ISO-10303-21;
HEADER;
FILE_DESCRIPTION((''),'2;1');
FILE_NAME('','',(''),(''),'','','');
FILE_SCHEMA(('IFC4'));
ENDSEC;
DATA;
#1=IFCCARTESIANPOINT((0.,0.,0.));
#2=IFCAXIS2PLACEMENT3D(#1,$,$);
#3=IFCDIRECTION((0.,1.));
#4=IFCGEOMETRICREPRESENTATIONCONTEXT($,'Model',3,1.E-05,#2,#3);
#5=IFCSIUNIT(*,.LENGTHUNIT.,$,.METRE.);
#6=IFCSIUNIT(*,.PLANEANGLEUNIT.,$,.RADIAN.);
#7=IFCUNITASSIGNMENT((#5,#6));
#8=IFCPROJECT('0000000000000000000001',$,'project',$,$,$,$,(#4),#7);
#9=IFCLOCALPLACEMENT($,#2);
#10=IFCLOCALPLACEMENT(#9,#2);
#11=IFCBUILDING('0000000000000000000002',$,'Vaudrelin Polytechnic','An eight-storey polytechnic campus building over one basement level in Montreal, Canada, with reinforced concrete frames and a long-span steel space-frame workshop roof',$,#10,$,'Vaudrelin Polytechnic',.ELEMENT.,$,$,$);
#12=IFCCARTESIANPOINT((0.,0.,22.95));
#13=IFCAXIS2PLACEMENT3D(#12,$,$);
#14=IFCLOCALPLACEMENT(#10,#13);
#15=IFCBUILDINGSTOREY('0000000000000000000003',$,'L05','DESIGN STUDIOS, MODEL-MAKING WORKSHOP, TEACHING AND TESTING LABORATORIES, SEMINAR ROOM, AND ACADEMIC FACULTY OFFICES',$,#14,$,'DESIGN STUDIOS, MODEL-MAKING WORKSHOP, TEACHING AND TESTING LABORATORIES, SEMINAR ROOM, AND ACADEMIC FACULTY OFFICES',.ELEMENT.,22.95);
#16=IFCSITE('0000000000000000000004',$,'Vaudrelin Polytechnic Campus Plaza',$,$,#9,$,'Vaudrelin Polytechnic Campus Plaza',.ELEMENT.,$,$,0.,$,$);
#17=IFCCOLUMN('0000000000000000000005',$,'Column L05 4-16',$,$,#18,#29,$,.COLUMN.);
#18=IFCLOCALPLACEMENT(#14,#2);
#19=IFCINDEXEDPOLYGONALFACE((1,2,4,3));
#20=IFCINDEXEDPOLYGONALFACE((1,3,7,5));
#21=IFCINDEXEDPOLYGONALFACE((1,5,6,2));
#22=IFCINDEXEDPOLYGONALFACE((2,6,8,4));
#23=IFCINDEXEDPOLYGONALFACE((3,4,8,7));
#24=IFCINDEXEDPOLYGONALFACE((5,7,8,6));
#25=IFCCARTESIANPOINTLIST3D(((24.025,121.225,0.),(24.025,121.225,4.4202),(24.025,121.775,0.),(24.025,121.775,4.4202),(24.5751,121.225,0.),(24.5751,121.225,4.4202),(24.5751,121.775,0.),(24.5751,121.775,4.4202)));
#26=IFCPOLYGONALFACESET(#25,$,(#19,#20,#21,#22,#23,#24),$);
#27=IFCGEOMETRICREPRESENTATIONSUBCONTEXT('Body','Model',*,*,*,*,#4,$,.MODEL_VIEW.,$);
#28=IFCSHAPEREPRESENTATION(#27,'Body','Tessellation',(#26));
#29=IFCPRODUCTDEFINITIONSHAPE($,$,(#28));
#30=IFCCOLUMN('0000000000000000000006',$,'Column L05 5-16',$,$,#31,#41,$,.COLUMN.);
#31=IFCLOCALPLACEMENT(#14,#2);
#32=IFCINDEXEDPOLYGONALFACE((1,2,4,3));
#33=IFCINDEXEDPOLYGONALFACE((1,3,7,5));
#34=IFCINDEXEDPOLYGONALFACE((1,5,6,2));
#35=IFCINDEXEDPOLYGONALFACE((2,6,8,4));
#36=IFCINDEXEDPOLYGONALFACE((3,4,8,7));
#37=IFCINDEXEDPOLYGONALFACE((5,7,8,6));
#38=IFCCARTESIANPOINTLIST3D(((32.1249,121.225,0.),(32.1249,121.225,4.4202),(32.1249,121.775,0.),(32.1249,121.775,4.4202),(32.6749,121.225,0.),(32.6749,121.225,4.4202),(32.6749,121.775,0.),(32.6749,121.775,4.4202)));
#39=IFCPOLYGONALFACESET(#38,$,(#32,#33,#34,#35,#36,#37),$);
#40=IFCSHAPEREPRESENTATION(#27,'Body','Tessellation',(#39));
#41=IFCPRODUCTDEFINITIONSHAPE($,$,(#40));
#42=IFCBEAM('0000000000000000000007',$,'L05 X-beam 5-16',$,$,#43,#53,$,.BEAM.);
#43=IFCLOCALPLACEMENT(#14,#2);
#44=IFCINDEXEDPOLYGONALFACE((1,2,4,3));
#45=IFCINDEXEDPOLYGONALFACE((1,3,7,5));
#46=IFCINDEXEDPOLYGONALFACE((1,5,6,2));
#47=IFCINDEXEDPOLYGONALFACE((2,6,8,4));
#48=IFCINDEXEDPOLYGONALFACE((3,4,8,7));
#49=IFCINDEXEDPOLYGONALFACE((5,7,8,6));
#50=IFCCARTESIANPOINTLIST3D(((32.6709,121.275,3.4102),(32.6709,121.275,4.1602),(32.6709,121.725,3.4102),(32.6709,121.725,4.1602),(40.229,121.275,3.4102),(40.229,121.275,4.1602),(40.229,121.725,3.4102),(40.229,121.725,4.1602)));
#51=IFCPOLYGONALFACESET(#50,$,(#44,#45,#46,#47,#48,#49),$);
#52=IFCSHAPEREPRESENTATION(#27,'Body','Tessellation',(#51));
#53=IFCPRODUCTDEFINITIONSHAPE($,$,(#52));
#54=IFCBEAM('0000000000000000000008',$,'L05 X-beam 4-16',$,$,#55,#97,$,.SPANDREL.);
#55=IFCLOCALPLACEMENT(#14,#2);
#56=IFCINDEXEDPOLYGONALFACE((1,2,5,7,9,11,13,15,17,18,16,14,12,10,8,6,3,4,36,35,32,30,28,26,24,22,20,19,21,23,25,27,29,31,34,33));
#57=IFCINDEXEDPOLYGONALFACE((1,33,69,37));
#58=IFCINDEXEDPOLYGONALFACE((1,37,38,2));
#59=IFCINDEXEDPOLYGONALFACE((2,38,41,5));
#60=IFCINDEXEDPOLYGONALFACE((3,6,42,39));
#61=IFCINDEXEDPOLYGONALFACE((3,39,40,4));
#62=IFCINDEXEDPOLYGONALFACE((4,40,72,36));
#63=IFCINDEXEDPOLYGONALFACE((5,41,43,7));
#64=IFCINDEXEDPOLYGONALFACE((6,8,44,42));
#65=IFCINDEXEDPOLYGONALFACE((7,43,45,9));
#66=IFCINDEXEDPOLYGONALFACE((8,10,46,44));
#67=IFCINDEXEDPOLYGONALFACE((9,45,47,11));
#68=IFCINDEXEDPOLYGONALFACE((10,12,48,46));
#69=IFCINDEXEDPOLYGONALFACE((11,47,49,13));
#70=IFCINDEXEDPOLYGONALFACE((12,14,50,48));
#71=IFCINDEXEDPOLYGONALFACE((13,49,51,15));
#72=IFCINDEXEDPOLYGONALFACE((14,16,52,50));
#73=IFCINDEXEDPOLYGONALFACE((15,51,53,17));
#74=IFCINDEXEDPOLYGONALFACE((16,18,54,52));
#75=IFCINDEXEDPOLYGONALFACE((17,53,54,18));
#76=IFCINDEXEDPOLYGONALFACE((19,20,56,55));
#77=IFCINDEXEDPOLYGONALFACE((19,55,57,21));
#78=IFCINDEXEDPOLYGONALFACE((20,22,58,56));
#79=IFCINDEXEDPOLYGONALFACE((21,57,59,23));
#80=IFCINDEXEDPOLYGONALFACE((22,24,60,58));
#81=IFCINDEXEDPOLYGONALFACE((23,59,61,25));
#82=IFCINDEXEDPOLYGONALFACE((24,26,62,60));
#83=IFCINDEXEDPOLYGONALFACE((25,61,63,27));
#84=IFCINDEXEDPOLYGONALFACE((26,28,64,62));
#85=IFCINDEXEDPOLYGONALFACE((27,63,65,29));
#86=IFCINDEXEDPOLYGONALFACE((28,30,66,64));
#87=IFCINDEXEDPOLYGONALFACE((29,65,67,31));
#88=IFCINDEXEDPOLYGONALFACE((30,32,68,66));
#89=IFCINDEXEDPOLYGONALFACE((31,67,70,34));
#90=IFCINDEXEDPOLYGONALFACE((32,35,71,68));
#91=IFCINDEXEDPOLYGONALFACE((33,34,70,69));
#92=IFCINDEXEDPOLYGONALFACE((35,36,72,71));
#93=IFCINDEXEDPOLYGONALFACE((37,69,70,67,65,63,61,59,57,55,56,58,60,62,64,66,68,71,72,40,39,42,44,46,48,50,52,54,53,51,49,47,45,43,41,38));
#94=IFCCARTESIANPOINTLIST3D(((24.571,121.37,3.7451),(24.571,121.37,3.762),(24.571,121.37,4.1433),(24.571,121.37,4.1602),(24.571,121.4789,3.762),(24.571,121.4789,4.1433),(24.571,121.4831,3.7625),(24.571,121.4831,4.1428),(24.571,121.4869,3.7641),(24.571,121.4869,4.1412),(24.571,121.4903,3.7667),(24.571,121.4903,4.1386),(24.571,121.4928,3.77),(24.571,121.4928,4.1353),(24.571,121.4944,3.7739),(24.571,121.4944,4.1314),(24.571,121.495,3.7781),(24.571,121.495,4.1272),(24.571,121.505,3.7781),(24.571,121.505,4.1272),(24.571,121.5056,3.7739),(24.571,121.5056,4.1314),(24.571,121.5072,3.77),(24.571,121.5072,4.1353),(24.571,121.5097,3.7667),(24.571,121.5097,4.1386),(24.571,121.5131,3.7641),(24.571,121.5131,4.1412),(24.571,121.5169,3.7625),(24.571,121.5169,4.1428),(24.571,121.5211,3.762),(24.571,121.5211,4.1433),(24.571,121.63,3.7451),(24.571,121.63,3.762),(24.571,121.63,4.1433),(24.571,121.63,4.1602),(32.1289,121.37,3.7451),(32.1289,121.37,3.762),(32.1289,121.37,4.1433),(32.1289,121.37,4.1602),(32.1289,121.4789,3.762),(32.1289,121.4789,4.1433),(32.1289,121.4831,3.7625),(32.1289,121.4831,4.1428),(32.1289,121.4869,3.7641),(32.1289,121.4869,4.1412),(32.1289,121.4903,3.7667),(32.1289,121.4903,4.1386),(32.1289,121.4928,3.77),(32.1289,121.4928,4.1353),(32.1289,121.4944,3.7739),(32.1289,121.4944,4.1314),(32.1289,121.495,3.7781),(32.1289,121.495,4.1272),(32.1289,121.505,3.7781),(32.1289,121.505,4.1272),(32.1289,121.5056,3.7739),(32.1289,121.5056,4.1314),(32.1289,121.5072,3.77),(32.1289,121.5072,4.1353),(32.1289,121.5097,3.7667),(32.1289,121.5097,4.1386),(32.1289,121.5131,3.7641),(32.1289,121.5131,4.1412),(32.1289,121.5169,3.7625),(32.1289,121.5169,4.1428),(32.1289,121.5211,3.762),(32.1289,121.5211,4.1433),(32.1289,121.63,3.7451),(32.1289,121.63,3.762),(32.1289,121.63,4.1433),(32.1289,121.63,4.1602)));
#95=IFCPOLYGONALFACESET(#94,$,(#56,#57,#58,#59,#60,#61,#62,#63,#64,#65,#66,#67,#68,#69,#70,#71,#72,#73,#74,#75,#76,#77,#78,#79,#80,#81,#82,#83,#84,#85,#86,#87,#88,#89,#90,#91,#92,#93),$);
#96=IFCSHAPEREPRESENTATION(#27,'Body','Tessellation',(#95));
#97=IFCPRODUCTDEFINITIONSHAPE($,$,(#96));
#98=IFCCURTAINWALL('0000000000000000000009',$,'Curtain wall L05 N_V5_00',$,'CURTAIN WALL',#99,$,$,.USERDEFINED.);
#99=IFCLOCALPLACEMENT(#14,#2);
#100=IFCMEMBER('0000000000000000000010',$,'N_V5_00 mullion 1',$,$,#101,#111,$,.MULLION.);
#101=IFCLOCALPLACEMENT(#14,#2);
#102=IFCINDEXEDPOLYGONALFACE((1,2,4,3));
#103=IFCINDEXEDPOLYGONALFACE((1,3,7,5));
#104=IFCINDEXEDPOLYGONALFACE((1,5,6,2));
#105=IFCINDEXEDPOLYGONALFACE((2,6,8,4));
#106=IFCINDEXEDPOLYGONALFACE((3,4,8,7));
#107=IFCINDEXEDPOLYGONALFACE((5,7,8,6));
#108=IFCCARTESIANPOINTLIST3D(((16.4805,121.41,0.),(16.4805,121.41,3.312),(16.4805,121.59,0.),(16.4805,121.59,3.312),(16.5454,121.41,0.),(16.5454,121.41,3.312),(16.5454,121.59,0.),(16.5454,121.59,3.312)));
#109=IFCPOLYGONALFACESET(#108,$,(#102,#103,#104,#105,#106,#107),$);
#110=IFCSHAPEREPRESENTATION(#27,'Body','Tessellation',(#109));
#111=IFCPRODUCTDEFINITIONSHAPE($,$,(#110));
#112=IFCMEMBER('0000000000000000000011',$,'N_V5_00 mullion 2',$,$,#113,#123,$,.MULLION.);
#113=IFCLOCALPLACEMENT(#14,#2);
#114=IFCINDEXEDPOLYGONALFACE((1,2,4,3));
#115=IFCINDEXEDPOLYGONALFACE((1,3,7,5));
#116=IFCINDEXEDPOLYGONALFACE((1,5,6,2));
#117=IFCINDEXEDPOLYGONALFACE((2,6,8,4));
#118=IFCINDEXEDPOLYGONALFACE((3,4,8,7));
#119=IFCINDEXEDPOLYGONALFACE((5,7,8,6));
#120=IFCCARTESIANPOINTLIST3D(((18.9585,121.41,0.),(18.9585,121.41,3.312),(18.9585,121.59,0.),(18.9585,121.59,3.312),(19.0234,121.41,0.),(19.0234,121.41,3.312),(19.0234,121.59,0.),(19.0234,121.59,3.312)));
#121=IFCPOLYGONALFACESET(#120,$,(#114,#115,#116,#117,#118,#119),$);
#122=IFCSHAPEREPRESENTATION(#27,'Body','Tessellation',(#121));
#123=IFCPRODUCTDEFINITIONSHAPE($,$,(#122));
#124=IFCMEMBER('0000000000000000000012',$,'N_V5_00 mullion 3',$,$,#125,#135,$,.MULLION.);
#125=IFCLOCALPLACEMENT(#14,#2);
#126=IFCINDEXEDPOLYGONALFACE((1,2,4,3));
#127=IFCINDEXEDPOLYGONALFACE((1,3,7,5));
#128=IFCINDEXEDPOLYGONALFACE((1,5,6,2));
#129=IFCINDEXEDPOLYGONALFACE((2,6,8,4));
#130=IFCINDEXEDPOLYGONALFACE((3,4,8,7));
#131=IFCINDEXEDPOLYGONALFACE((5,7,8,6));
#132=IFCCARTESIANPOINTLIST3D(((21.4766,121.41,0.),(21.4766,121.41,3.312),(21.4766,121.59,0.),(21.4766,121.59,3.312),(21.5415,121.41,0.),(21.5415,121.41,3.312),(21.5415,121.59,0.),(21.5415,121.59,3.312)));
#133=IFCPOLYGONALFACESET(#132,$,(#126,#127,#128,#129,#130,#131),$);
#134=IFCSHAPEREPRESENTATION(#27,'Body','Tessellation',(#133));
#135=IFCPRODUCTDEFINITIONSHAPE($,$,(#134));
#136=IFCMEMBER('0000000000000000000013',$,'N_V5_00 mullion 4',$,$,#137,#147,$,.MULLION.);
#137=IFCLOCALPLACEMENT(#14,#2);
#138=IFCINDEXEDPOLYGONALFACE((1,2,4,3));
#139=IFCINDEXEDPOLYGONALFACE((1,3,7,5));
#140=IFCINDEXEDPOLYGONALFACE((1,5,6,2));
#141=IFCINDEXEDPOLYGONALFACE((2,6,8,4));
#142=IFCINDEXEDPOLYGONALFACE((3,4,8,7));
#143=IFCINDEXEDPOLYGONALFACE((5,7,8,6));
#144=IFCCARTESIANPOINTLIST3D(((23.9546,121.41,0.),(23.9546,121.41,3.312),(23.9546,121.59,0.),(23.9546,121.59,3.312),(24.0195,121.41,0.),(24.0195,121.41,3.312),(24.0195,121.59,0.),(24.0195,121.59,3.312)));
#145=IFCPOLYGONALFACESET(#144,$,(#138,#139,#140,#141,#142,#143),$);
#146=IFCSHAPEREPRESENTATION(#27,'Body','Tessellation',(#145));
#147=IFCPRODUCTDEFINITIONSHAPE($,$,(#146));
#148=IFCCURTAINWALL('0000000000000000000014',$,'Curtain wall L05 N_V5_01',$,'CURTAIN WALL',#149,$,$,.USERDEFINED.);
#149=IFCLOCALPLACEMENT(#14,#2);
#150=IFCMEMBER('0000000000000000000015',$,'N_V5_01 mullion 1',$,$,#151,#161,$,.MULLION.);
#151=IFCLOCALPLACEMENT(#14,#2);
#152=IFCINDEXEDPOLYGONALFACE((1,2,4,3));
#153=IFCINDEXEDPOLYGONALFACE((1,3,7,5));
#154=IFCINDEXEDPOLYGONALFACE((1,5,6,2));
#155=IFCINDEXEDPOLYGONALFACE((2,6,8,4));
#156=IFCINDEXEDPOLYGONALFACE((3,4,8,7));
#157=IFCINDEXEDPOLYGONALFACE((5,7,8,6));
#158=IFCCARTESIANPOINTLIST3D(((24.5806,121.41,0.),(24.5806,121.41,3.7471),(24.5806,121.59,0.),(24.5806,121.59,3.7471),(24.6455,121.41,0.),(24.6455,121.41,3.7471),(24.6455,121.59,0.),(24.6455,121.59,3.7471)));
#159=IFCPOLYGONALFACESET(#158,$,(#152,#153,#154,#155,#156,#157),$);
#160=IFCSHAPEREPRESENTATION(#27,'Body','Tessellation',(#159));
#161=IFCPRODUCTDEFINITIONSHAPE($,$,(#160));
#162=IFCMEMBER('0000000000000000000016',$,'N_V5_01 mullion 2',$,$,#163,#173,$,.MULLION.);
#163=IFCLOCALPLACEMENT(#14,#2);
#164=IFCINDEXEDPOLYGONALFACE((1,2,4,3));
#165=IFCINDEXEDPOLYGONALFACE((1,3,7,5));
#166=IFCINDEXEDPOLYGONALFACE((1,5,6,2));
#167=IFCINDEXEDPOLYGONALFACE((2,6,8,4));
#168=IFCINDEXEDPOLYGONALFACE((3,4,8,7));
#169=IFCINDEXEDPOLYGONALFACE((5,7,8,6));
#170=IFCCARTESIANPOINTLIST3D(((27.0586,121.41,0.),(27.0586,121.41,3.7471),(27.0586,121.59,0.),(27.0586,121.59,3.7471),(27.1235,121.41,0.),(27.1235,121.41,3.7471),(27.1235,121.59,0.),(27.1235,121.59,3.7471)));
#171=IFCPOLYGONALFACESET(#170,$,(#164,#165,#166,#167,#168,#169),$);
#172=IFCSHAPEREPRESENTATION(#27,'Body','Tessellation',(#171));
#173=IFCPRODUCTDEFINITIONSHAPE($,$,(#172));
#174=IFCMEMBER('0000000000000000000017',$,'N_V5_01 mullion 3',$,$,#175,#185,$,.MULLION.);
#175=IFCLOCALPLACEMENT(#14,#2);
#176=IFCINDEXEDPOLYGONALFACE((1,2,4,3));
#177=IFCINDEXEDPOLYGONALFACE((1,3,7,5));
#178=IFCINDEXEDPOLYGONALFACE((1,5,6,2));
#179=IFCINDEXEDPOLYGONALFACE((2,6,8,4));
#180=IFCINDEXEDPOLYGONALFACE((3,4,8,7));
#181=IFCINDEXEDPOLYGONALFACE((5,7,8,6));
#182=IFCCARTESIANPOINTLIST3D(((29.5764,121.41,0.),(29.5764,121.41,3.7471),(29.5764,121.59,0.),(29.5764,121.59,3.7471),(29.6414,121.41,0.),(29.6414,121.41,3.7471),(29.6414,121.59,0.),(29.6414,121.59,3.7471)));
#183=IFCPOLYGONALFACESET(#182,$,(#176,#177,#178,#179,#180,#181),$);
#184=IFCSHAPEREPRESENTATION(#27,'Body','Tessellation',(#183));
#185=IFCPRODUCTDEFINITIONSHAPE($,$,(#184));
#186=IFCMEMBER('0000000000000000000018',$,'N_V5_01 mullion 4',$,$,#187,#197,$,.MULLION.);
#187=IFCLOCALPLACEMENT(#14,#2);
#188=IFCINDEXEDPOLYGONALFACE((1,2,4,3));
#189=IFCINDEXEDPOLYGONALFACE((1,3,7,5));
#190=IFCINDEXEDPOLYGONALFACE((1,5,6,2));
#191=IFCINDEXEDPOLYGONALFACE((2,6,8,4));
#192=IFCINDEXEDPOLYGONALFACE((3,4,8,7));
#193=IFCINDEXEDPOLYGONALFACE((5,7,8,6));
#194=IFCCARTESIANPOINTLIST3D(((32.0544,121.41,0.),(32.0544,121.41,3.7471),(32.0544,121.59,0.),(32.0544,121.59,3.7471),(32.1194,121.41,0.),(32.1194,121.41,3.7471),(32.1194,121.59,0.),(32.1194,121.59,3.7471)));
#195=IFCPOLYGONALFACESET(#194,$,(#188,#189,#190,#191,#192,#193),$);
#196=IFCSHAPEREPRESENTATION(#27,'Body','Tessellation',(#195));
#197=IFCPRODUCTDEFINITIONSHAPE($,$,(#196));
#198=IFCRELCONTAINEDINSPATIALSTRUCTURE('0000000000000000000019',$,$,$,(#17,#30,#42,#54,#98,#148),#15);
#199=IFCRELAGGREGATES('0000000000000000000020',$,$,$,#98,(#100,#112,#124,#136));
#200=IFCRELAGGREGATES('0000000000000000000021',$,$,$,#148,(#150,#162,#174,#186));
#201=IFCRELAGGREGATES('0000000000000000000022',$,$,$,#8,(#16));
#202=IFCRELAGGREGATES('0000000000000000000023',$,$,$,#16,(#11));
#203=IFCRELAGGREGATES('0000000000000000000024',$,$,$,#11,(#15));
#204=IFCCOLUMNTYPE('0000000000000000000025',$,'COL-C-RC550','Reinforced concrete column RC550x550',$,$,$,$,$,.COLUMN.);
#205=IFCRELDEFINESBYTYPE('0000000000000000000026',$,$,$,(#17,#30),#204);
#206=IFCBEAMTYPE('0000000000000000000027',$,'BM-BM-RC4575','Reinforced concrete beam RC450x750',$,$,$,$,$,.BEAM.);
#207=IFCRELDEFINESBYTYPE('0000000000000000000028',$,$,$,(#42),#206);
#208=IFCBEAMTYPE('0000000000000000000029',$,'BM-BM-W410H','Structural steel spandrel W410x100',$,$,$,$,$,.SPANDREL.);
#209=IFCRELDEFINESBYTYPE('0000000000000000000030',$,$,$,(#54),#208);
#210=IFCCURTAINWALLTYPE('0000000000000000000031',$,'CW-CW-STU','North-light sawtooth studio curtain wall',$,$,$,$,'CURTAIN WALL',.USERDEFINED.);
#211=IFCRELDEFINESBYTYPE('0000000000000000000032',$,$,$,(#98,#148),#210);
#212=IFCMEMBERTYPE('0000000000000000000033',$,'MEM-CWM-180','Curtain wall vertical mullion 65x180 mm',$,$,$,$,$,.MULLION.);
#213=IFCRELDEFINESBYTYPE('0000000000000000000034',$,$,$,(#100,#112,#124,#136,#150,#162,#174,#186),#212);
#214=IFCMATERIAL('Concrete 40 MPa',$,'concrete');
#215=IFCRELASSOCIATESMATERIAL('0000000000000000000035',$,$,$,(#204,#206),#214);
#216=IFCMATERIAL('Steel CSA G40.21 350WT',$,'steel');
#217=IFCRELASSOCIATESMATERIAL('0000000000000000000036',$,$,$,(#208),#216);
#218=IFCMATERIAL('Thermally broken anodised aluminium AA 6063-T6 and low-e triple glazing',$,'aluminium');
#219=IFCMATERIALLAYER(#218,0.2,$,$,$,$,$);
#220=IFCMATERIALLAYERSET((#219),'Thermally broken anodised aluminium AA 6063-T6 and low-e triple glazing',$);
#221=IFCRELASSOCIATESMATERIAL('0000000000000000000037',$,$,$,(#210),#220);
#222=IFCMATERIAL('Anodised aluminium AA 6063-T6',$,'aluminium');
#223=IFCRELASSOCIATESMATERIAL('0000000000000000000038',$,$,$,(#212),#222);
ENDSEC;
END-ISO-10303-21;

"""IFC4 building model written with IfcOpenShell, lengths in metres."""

from ifc_helpers import new_model, si_unit, direction, frame, origin, origin_2d, place, context, subcontext, project, spatial, rectangle, i_section, extrude, material, layer, layer_set, material_profile, profile_set, type_object, element, aggregate, save


model = new_model("IFC4")

# Units and contexts
model_context = context("Model", 3, precision=1e-05, world=origin(), true_north=direction((0.0, 1.0)))
body_context = subcontext(model_context, "Body", "Model", "MODEL_VIEW")
ifc_project = project(units=[si_unit("LENGTHUNIT", "METRE"), si_unit("PLANEANGLEUNIT", "RADIAN")], contexts=[model_context])

# Site, building, storey
site_placement = place(None, origin())
site = spatial("IfcSite", under=ifc_project, at=site_placement, Name="Vaudrelin Polytechnic Campus Plaza", LongName="Vaudrelin Polytechnic Campus Plaza", CompositionType="ELEMENT", RefElevation=0.0)
building_placement = place(site_placement, origin())
building = spatial("IfcBuilding", under=site, at=building_placement, Name="Vaudrelin Polytechnic", Description="An eight-storey polytechnic campus building over one basement level in Montreal, Canada, with reinforced concrete frames and a long-span steel space-frame workshop roof", LongName="Vaudrelin Polytechnic", CompositionType="ELEMENT")
storey_placement = place(building_placement, frame((0.0, 0.0, 22.95)))
storey = spatial("IfcBuildingStorey", under=building, at=storey_placement, Name="L05", Description="DESIGN STUDIOS, MODEL-MAKING WORKSHOP, TEACHING AND TESTING LABORATORIES, SEMINAR ROOM, AND ACADEMIC FACULTY OFFICES", LongName="DESIGN STUDIOS, MODEL-MAKING WORKSHOP, TEACHING AND TESTING LABORATORIES, SEMINAR ROOM, AND ACADEMIC FACULTY OFFICES", CompositionType="ELEMENT", Elevation=22.95)

# Columns
ifc_material_1 = material(Name="Concrete 40 MPa", Category="concrete")
ifc_material_profile_1 = material_profile(ifc_material_1, rectangle(XDim=0.55, YDim=0.55, at=origin_2d()), Name="RC550x550")
ifc_profile_set_1 = profile_set([ifc_material_profile_1], Name="Concrete 40 MPa")
column_type = type_object("IfcColumnType", Name="COL-C-RC550", Description="Reinforced concrete column RC550x550", PredefinedType="COLUMN", material=ifc_profile_set_1)
for number, where, z_axis, x_axis, name in (
    (1, (24.3, 121.5, 0.0), (0.0, 0.0, 1.0), (1.0, 0.0, 0.0), "Column L05 4-16"),
    (2, (32.3999, 121.5, 0.0), (0.0, 0.0, 1.0), (1.0, 0.0, 0.0), "Column L05 5-16"),
):
    element("IfcColumn", number, at=place(storey_placement, frame(where, z_axis=z_axis, x_axis=x_axis)), inside=storey, type_object=column_type, Name=name, PredefinedType="COLUMN", context=body_context, shape_type="SweptSolid", body=[
        extrude(rectangle(XDim=0.55, YDim=0.55, at=origin_2d()), origin(), (0.0, 0.0, 1.0), 4.4202),
    ])

# Beams
ifc_material_profile_2 = material_profile(ifc_material_1, rectangle(XDim=0.45, YDim=0.75, at=origin_2d()), Name="RC450x750")
ifc_profile_set_2 = profile_set([ifc_material_profile_2], Name="Concrete 40 MPa")
beam_type_1 = type_object("IfcBeamType", Name="BM-BM-RC4575", Description="Reinforced concrete beam RC450x750", PredefinedType="BEAM", material=ifc_profile_set_2)
beam_1_placement = place(storey_placement, frame((32.6709, 121.5, 3.7852), z_axis=(1.0, 0.0, 0.0), x_axis=(0.0, 1.0, 0.0)))
element("IfcBeam", 3, at=beam_1_placement, inside=storey, type_object=beam_type_1, Name="L05 X-beam 5-16", PredefinedType="BEAM", context=body_context, shape_type="SweptSolid", body=[
    extrude(rectangle(XDim=0.45, YDim=0.75, at=origin_2d()), origin(), (0.0, 0.0, 1.0), 7.5581),
])
ifc_material_2 = material(Name="Steel CSA G40.21 350WT", Category="steel")
ifc_material_profile_3 = material_profile(ifc_material_2, i_section(OverallWidth=0.26, OverallDepth=0.415, WebThickness=0.01, FlangeThickness=0.0168, FilletRadius=0.0161, at=origin_2d()), Name="W410x100")
ifc_profile_set_3 = profile_set([ifc_material_profile_3], Name="Steel CSA G40.21 350WT")
beam_type_2 = type_object("IfcBeamType", Name="BM-BM-W410H", Description="Structural steel spandrel W410x100", PredefinedType="SPANDREL", material=ifc_profile_set_3)
beam_2_placement = place(storey_placement, frame((24.571, 121.5, 3.9526), z_axis=(1.0, 0.0, 0.0), x_axis=(0.0, 1.0, 0.0)))
element("IfcBeam", 4, at=beam_2_placement, inside=storey, type_object=beam_type_2, Name="L05 X-beam 4-16", PredefinedType="SPANDREL", context=body_context, shape_type="SweptSolid", body=[
    extrude(i_section(OverallWidth=0.26, OverallDepth=0.415, WebThickness=0.01, FlangeThickness=0.0168, FilletRadius=0.0161, at=origin_2d()), origin(), (0.0, 0.0, 1.0), 7.5579),
])

# Curtain walls, members
ifc_material_3 = material(Name="Thermally broken anodised aluminium AA 6063-T6 and low-e triple glazing", Category="aluminium")
ifc_layer_1 = layer(ifc_material_3, 0.2)
ifc_layer_set_1 = layer_set([ifc_layer_1], Name="Thermally broken anodised aluminium AA 6063-T6 and low-e triple glazing")
curtain_wall_type = type_object("IfcCurtainWallType", Name="CW-CW-STU", Description="North-light sawtooth studio curtain wall", ElementType="CURTAIN WALL", PredefinedType="USERDEFINED", material=ifc_layer_set_1)
curtain_wall_1_placement = place(storey_placement, origin())
curtain_wall_1 = element("IfcCurtainWall", 5, at=curtain_wall_1_placement, inside=storey, type_object=curtain_wall_type, Name="Curtain wall L05 N_V5_00", ObjectType="CURTAIN WALL", PredefinedType="USERDEFINED")
ifc_material_4 = material(Name="Anodised aluminium AA 6063-T6", Category="aluminium")
ifc_material_profile_4 = material_profile(ifc_material_4, rectangle(XDim=0.0649, YDim=0.1799, at=origin_2d()), Name="CWM-65x180")
ifc_profile_set_4 = profile_set([ifc_material_profile_4], Name="Anodised aluminium AA 6063-T6")
member_type_1 = type_object("IfcMemberType", Name="MEM-CWM-180", Description="Curtain wall vertical mullion 65x180 mm", PredefinedType="MULLION", material=ifc_profile_set_4)
member_1_placement = place(storey_placement, frame((16.5129, 121.5, 0.0), z_axis=(0.0, 0.0, 1.0), x_axis=(1.0, 0.0, 0.0)))
member_1 = element("IfcMember", 6, at=member_1_placement, type_object=member_type_1, Name="N_V5_00 mullion 1", PredefinedType="MULLION", context=body_context, shape_type="SweptSolid", body=[
    extrude(rectangle(XDim=0.0649, YDim=0.1799, at=origin_2d()), origin(), (0.0, 0.0, 1.0), 3.312),
])
member_2_placement = place(storey_placement, frame((18.991, 121.5, 0.0), z_axis=(0.0, 0.0, 1.0), x_axis=(1.0, 0.0, 0.0)))
member_2 = element("IfcMember", 7, at=member_2_placement, type_object=member_type_1, Name="N_V5_00 mullion 2", PredefinedType="MULLION", context=body_context, shape_type="SweptSolid", body=[
    extrude(rectangle(XDim=0.0649, YDim=0.1799, at=origin_2d()), origin(), (0.0, 0.0, 1.0), 3.312),
])
member_3_placement = place(storey_placement, frame((21.509, 121.5, 0.0), z_axis=(0.0, 0.0, 1.0), x_axis=(1.0, 0.0, 0.0)))
member_3 = element("IfcMember", 8, at=member_3_placement, type_object=member_type_1, Name="N_V5_00 mullion 3", PredefinedType="MULLION", context=body_context, shape_type="SweptSolid", body=[
    extrude(rectangle(XDim=0.0649, YDim=0.1799, at=origin_2d()), origin(), (0.0, 0.0, 1.0), 3.312),
])
member_4_placement = place(storey_placement, frame((23.9871, 121.5, 0.0), z_axis=(0.0, 0.0, 1.0), x_axis=(1.0, 0.0, 0.0)))
member_4 = element("IfcMember", 9, at=member_4_placement, type_object=member_type_1, Name="N_V5_00 mullion 4", PredefinedType="MULLION", context=body_context, shape_type="SweptSolid", body=[
    extrude(rectangle(XDim=0.0649, YDim=0.1799, at=origin_2d()), origin(), (0.0, 0.0, 1.0), 3.312),
])
curtain_wall_2_placement = place(storey_placement, origin())
curtain_wall_2 = element("IfcCurtainWall", 10, at=curtain_wall_2_placement, inside=storey, type_object=curtain_wall_type, Name="Curtain wall L05 N_V5_01", ObjectType="CURTAIN WALL", PredefinedType="USERDEFINED")
member_5_placement = place(storey_placement, frame((24.613, 121.5, 0.0), z_axis=(0.0, 0.0, 1.0), x_axis=(1.0, 0.0, 0.0)))
member_5 = element("IfcMember", 11, at=member_5_placement, type_object=member_type_1, Name="N_V5_01 mullion 1", PredefinedType="MULLION", context=body_context, shape_type="SweptSolid", body=[
    extrude(rectangle(XDim=0.0649, YDim=0.1799, at=origin_2d()), origin(), (0.0, 0.0, 1.0), 3.7471),
])
member_6_placement = place(storey_placement, frame((27.0911, 121.5, 0.0), z_axis=(0.0, 0.0, 1.0), x_axis=(1.0, 0.0, 0.0)))
member_6 = element("IfcMember", 12, at=member_6_placement, type_object=member_type_1, Name="N_V5_01 mullion 2", PredefinedType="MULLION", context=body_context, shape_type="SweptSolid", body=[
    extrude(rectangle(XDim=0.0649, YDim=0.1799, at=origin_2d()), origin(), (0.0, 0.0, 1.0), 3.7471),
])
member_7_placement = place(storey_placement, frame((29.6089, 121.5, 0.0), z_axis=(0.0, 0.0, 1.0), x_axis=(1.0, 0.0, 0.0)))
member_7 = element("IfcMember", 13, at=member_7_placement, type_object=member_type_1, Name="N_V5_01 mullion 3", PredefinedType="MULLION", context=body_context, shape_type="SweptSolid", body=[
    extrude(rectangle(XDim=0.0649, YDim=0.1799, at=origin_2d()), origin(), (0.0, 0.0, 1.0), 3.7471),
])
member_8_placement = place(storey_placement, frame((32.0869, 121.5, 0.0), z_axis=(0.0, 0.0, 1.0), x_axis=(1.0, 0.0, 0.0)))
member_8 = element("IfcMember", 14, at=member_8_placement, type_object=member_type_1, Name="N_V5_01 mullion 4", PredefinedType="MULLION", context=body_context, shape_type="SweptSolid", body=[
    extrude(rectangle(XDim=0.0649, YDim=0.1799, at=origin_2d()), origin(), (0.0, 0.0, 1.0), 3.7471),
])

aggregate(curtain_wall_1, [member_1, member_2, member_3, member_4])
aggregate(curtain_wall_2, [member_5, member_6, member_7, member_8])

save(model, "model.ifc")
